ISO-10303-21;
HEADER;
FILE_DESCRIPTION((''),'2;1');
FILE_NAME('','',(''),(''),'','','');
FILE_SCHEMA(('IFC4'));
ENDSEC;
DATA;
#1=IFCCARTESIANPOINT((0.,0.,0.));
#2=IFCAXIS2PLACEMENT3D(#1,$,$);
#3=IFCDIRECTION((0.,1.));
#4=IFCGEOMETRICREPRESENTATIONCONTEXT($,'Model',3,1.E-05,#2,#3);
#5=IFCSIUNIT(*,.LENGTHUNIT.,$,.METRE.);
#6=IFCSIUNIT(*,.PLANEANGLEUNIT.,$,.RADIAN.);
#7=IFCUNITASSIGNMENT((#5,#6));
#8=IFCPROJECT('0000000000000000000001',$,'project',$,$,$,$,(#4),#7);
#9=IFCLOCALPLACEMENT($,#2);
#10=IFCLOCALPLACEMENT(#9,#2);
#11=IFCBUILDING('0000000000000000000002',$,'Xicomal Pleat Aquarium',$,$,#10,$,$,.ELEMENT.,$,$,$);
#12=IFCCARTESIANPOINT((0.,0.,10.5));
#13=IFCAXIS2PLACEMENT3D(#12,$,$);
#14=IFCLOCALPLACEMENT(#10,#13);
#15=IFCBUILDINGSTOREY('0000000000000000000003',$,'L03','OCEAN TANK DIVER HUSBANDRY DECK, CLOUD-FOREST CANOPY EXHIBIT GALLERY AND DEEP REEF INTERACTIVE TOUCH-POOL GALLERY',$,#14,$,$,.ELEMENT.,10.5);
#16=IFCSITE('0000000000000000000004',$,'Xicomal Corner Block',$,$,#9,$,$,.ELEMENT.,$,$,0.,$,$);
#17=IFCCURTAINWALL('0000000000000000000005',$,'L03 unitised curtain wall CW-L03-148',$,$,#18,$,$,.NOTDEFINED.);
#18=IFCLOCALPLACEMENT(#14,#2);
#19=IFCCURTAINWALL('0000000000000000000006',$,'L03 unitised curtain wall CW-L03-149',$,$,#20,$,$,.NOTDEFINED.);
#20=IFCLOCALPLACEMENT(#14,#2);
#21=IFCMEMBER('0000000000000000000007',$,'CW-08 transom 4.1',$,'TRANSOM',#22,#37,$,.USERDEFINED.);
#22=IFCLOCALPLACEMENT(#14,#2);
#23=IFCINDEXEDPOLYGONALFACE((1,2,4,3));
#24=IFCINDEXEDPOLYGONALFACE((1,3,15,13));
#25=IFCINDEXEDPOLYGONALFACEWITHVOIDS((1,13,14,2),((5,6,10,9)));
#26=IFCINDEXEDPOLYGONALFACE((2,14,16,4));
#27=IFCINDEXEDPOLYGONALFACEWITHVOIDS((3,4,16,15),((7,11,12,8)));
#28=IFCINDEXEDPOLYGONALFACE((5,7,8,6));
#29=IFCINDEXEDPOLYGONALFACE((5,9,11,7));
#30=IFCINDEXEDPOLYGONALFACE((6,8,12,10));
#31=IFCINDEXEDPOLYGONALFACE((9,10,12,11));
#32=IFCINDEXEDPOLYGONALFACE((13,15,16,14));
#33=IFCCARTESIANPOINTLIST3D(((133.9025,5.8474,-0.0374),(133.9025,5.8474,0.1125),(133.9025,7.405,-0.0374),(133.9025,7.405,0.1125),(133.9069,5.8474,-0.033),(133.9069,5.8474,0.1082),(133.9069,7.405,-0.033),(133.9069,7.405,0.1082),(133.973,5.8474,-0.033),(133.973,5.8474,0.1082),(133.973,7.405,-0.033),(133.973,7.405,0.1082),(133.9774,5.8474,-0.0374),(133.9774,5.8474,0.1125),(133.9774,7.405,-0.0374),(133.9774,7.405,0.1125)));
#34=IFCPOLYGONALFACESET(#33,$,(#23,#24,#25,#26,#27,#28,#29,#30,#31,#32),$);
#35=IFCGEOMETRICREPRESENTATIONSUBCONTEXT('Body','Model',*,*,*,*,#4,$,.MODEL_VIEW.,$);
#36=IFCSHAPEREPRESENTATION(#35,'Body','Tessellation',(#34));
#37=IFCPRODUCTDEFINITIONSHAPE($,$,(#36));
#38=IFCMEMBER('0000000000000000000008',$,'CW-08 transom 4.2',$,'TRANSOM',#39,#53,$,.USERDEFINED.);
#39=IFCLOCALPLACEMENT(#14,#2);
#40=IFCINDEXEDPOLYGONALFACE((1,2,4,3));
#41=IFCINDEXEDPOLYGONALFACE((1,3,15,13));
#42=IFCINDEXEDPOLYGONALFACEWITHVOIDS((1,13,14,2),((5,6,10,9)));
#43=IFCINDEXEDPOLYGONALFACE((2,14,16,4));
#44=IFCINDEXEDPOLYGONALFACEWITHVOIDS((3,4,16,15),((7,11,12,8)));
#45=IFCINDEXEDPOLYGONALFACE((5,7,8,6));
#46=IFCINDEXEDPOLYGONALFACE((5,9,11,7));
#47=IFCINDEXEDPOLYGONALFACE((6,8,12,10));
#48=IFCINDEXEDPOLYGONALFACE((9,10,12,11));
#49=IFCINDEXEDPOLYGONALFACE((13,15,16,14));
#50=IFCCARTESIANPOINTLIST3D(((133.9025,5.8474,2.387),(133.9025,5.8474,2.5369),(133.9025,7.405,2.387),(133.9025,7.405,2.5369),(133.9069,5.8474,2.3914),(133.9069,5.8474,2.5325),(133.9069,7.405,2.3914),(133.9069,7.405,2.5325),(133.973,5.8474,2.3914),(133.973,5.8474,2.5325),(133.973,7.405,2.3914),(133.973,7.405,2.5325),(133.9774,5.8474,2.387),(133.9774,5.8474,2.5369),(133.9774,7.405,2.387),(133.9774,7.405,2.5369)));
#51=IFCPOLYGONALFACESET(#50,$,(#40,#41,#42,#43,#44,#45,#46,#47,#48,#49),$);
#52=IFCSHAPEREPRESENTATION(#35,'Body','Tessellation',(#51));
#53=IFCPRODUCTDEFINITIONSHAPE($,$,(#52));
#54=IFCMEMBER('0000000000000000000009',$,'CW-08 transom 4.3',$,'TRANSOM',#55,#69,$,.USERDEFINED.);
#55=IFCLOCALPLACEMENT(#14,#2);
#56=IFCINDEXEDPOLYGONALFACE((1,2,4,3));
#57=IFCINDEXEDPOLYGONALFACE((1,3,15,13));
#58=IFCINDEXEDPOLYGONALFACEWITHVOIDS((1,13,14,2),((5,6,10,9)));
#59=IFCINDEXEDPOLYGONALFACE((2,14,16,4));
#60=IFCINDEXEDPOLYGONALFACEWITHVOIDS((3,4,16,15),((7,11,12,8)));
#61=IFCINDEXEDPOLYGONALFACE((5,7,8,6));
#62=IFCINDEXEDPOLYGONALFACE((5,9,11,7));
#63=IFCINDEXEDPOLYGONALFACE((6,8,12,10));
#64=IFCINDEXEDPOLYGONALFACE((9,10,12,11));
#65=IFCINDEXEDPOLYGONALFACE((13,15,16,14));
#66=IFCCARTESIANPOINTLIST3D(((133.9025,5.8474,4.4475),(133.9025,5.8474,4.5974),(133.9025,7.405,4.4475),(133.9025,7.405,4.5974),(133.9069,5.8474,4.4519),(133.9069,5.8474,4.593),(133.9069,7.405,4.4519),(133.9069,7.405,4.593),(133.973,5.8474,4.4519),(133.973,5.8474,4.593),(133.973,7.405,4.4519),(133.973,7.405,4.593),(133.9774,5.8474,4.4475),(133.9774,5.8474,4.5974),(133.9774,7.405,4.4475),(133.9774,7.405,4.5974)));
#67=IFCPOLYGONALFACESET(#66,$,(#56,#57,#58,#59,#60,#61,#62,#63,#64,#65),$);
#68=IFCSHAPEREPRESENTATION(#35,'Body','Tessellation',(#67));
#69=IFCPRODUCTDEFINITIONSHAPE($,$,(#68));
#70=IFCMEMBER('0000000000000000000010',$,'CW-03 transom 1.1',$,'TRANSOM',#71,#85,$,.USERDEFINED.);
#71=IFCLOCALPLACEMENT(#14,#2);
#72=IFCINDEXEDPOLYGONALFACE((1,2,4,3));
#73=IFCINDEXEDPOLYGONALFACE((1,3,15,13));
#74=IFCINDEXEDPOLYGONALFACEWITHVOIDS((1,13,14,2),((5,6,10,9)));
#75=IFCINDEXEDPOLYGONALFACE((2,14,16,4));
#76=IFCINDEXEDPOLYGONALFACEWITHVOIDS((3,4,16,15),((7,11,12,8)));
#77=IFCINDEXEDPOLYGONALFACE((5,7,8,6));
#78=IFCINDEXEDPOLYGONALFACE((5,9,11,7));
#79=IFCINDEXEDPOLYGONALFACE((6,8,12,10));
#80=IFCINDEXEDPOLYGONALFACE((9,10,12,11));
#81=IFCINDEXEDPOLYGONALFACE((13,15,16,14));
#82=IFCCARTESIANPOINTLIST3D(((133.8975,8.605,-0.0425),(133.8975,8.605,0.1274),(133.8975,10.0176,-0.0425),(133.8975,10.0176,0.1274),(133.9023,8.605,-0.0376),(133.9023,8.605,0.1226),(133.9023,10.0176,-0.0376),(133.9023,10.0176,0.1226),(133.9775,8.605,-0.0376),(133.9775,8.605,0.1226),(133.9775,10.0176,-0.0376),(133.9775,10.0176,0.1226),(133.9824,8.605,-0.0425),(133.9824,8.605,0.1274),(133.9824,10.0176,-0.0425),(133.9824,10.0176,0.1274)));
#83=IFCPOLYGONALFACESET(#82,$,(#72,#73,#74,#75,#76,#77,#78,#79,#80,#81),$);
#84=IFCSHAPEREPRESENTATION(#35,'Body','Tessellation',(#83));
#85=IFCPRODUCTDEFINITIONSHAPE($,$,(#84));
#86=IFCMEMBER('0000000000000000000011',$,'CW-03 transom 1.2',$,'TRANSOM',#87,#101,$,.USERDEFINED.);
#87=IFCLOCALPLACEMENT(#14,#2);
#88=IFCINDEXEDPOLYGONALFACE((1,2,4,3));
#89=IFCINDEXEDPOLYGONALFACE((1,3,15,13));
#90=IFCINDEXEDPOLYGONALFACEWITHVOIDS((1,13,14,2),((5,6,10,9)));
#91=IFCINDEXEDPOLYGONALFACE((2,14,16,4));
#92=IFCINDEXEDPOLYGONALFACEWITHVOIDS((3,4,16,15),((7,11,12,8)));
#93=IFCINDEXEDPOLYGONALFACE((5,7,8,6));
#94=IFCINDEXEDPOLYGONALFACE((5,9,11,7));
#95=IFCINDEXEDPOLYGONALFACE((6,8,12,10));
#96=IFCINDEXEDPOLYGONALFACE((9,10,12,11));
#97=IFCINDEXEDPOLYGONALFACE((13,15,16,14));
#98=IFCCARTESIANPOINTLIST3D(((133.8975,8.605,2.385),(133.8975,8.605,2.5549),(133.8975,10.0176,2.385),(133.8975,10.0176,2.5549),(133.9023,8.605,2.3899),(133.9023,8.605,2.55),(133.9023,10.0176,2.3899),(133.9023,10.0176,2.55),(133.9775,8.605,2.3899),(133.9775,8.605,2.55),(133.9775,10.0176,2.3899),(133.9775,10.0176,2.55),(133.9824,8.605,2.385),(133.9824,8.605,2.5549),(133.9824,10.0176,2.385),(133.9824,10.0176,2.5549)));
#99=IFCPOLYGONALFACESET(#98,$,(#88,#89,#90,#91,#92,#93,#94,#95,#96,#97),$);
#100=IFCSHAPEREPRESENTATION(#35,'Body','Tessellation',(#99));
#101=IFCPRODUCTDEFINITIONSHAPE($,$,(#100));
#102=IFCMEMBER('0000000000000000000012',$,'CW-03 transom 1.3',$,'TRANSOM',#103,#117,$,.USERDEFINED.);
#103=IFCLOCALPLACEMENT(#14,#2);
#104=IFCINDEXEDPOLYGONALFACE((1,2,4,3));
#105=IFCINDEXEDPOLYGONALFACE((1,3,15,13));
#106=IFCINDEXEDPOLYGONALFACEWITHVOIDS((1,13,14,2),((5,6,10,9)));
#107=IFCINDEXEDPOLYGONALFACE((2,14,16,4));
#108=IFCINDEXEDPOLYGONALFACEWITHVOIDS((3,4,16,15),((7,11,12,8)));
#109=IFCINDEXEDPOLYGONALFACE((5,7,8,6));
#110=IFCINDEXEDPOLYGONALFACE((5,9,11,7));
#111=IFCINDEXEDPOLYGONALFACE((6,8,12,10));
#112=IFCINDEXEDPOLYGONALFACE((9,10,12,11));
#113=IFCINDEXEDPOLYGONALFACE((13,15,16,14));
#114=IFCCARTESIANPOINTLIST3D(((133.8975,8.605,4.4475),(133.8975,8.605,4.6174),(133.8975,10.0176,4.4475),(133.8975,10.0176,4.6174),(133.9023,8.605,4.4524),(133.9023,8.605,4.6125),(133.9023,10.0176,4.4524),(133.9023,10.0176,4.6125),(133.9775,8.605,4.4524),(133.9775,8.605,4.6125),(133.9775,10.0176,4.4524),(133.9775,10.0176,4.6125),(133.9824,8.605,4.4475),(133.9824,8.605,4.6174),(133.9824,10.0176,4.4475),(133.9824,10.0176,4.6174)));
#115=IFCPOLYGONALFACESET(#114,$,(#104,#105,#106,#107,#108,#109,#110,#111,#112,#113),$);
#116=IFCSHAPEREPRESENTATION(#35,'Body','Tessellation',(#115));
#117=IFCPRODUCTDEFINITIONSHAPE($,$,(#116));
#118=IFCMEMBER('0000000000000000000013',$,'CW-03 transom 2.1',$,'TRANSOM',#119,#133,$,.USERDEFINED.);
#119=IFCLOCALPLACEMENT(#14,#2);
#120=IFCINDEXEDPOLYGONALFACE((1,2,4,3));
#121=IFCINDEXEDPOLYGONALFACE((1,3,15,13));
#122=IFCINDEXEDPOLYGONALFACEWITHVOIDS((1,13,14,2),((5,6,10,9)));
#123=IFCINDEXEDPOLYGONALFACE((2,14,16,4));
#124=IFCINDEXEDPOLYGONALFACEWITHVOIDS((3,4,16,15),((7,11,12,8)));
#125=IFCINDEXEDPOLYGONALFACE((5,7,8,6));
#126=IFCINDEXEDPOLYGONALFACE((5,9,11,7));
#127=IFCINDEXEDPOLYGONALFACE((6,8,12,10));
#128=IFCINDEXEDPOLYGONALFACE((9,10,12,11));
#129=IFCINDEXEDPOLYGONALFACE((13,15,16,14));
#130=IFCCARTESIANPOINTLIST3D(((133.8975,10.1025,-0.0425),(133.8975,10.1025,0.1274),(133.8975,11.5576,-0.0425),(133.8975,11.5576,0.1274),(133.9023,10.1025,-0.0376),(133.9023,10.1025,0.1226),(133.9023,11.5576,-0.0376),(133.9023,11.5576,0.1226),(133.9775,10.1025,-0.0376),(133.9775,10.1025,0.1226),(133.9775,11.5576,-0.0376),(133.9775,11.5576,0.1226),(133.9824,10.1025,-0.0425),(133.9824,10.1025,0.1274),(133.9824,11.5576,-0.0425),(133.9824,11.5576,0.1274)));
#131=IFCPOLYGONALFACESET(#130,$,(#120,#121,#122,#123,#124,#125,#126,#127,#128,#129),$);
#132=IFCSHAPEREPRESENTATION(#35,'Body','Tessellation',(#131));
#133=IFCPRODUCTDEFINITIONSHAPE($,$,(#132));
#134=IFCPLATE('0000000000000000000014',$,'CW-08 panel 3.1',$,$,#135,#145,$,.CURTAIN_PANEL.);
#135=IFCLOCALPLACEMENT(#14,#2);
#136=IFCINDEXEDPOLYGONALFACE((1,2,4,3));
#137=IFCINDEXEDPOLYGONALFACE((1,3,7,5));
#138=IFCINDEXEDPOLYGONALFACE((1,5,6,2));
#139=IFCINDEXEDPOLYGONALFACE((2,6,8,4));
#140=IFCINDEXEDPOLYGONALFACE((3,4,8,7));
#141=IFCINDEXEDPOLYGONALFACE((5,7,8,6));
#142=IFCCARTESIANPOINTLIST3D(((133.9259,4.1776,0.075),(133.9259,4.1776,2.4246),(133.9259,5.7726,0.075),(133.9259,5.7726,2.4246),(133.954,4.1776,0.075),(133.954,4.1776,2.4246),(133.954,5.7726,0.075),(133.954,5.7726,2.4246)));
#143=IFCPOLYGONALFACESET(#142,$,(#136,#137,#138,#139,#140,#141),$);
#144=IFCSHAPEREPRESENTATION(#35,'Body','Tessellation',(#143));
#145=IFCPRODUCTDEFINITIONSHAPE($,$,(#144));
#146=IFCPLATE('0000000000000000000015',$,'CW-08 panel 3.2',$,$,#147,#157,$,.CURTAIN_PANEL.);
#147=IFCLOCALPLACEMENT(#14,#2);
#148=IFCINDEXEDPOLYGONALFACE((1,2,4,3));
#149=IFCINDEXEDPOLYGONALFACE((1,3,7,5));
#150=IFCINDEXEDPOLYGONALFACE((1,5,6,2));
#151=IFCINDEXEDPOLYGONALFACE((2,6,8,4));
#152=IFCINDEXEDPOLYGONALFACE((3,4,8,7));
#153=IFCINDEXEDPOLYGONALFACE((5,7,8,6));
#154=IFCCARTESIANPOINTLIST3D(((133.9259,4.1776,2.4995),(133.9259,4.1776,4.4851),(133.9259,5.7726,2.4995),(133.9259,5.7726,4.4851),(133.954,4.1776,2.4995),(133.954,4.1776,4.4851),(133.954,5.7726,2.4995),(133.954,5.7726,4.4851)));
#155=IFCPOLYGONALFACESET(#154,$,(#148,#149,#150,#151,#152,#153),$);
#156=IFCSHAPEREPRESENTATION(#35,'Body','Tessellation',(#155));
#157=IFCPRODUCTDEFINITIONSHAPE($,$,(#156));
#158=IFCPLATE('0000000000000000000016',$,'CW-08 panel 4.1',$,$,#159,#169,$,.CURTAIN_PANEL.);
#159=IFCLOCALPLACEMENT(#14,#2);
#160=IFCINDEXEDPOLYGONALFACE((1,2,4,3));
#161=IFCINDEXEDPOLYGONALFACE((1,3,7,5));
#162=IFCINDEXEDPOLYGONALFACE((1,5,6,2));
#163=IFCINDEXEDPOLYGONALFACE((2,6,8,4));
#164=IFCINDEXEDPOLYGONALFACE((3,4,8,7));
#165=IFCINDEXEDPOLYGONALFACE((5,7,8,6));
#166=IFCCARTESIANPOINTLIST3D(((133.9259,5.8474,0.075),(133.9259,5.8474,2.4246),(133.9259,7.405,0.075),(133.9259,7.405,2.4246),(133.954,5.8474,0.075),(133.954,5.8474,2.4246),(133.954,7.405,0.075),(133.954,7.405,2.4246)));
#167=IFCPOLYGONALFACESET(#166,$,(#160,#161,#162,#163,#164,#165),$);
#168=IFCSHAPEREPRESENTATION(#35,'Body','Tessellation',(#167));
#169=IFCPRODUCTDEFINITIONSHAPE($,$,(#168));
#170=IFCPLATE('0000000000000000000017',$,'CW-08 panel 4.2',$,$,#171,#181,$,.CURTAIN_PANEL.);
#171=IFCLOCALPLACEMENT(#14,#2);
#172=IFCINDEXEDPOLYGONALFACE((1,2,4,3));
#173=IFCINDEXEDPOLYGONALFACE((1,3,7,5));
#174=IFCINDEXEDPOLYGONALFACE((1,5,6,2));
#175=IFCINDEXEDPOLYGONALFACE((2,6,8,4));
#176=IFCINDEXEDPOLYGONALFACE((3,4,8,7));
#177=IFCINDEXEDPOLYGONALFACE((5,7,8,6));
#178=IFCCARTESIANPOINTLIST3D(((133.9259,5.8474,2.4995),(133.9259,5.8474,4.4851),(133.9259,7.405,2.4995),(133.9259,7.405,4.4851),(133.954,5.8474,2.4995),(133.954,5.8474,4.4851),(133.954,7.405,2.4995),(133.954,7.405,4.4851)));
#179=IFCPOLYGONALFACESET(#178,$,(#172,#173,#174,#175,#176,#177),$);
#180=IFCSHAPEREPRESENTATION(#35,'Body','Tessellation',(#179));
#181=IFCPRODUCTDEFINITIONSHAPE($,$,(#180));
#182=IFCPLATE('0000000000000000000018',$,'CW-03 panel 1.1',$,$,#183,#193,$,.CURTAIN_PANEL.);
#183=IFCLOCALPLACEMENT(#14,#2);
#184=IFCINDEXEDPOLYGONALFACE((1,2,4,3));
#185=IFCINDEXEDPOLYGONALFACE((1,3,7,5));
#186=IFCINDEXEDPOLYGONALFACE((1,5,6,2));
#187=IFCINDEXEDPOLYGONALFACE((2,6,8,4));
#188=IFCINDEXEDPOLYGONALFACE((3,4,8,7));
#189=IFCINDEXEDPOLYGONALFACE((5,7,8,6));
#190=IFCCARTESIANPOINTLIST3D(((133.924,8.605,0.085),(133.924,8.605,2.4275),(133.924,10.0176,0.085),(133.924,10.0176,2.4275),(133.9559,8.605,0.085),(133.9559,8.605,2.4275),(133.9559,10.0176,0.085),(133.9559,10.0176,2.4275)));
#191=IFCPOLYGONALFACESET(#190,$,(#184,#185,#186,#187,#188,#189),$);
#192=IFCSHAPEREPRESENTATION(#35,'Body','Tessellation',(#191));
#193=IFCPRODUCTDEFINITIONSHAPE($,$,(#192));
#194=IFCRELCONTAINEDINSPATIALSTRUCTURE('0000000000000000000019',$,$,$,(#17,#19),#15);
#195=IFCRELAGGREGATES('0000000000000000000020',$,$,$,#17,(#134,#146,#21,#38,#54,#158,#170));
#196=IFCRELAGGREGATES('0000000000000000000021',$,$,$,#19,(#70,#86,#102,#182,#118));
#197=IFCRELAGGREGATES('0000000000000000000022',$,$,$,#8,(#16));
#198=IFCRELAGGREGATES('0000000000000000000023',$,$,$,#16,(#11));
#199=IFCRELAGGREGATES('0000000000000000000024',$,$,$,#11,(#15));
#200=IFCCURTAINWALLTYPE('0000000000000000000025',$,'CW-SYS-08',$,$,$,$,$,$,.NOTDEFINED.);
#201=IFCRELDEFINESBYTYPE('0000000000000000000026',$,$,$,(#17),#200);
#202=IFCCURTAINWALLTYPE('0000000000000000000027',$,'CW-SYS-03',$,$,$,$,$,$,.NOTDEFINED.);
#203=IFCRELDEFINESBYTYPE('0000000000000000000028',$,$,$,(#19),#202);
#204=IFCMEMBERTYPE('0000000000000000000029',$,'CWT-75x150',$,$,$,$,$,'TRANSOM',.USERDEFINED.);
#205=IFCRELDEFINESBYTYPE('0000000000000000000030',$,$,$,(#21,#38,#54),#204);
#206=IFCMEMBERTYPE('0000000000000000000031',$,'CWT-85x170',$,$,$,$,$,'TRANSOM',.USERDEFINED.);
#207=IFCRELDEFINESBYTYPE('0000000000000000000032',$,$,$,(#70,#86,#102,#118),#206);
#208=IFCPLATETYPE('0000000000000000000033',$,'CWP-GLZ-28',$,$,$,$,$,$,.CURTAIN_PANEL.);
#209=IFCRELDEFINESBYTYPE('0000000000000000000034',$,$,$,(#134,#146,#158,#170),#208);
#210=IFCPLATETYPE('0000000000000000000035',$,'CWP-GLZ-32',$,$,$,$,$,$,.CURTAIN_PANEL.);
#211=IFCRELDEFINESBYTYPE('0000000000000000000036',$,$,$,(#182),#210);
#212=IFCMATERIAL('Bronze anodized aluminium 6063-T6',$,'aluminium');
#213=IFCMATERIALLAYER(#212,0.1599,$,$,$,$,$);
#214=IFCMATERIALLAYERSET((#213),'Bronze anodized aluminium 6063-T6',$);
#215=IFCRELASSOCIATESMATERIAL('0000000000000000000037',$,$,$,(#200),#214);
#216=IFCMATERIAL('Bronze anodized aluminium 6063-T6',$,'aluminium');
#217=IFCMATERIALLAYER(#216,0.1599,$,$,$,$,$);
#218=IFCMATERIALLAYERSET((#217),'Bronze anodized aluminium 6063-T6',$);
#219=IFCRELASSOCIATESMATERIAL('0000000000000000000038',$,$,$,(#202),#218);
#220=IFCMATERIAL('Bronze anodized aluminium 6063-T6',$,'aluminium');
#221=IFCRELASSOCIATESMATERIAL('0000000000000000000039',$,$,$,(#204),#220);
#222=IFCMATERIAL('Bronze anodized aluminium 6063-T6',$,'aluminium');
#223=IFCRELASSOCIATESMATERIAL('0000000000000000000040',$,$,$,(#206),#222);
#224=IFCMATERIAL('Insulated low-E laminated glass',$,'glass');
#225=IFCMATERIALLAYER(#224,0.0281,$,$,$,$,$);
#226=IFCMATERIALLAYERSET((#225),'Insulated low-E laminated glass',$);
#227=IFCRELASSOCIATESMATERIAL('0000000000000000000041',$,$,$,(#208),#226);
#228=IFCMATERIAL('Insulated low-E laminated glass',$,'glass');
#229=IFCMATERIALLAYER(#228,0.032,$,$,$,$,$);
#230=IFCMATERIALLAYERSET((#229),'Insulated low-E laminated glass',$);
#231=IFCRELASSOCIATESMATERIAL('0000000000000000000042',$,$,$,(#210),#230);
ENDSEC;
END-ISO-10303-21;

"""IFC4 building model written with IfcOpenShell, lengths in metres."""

from ifc_helpers import new_model, si_unit, direction, frame, origin, origin_2d, place, context, subcontext, project, spatial, rectangle, hollow_rectangle, extrude, material, layer, layer_set, material_profile, profile_set, type_object, element, aggregate, save


model = new_model("IFC4")

# Units and contexts
model_context = context("Model", 3, precision=1e-05, world=origin(), true_north=direction((0.0, 1.0)))
body_context = subcontext(model_context, "Body", "Model", "MODEL_VIEW")
ifc_project = project(units=[si_unit("LENGTHUNIT", "METRE"), si_unit("PLANEANGLEUNIT", "RADIAN")], contexts=[model_context])

# Site, building, storey
site_placement = place(None, origin())
site = spatial("IfcSite", under=ifc_project, at=site_placement, Name="Xicomal Corner Block", CompositionType="ELEMENT", RefElevation=0.0)
building_placement = place(site_placement, origin())
building = spatial("IfcBuilding", under=site, at=building_placement, Name="Xicomal Pleat Aquarium", CompositionType="ELEMENT")
storey_placement = place(building_placement, frame((0.0, 0.0, 10.5)))
storey = spatial("IfcBuildingStorey", under=building, at=storey_placement, Name="L03", Description="OCEAN TANK DIVER HUSBANDRY DECK, CLOUD-FOREST CANOPY EXHIBIT GALLERY AND DEEP REEF INTERACTIVE TOUCH-POOL GALLERY", CompositionType="ELEMENT", Elevation=10.5)

# Curtain walls
ifc_material_1 = material(Name="Bronze anodized aluminium 6063-T6", Category="aluminium")
ifc_layer_1 = layer(ifc_material_1, 0.1599)
ifc_layer_set_1 = layer_set([ifc_layer_1], Name="Bronze anodized aluminium 6063-T6")
curtain_wall_type_1 = type_object("IfcCurtainWallType", Name="CW-SYS-08", PredefinedType="NOTDEFINED", material=ifc_layer_set_1)
curtain_wall_1_placement = place(storey_placement, origin())
curtain_wall_1 = element("IfcCurtainWall", 1, at=curtain_wall_1_placement, inside=storey, type_object=curtain_wall_type_1, Name="L03 unitised curtain wall CW-L03-148", PredefinedType="NOTDEFINED")
ifc_material_2 = material(Name="Bronze anodized aluminium 6063-T6", Category="aluminium")
ifc_layer_2 = layer(ifc_material_2, 0.1599)
ifc_layer_set_2 = layer_set([ifc_layer_2], Name="Bronze anodized aluminium 6063-T6")
curtain_wall_type_2 = type_object("IfcCurtainWallType", Name="CW-SYS-03", PredefinedType="NOTDEFINED", material=ifc_layer_set_2)
curtain_wall_2_placement = place(storey_placement, origin())
curtain_wall_2 = element("IfcCurtainWall", 2, at=curtain_wall_2_placement, inside=storey, type_object=curtain_wall_type_2, Name="L03 unitised curtain wall CW-L03-149", PredefinedType="NOTDEFINED")

# Members
ifc_material_3 = material(Name="Bronze anodized aluminium 6063-T6", Category="aluminium")
ifc_material_profile_1 = material_profile(ifc_material_3, hollow_rectangle(XDim=0.075, YDim=0.1499, WallThickness=0.0044, at=origin_2d()), Name="ALU TRAN 75x150")
ifc_profile_set_1 = profile_set([ifc_material_profile_1], Name="Bronze anodized aluminium 6063-T6")
member_type_1 = type_object("IfcMemberType", Name="CWT-75x150", ElementType="TRANSOM", PredefinedType="USERDEFINED", material=ifc_profile_set_1)
member_1_placement = place(storey_placement, frame((133.9399, 5.8474, 0.0376), z_axis=(0.0, 1.0, 0.0), x_axis=(-1.0, 0.0, 0.0)))
member_1 = element("IfcMember", 3, at=member_1_placement, type_object=member_type_1, Name="CW-08 transom 4.1", ObjectType="TRANSOM", PredefinedType="USERDEFINED", context=body_context, shape_type="SweptSolid", body=[
    extrude(hollow_rectangle(XDim=0.075, YDim=0.1499, WallThickness=0.0044, at=origin_2d()), origin(), (0.0, 0.0, 1.0), 1.5576),
])
member_2_placement = place(storey_placement, frame((133.9399, 5.8474, 2.4619), z_axis=(0.0, 1.0, 0.0), x_axis=(-1.0, 0.0, 0.0)))
member_2 = element("IfcMember", 4, at=member_2_placement, type_object=member_type_1, Name="CW-08 transom 4.2", ObjectType="TRANSOM", PredefinedType="USERDEFINED", context=body_context, shape_type="SweptSolid", body=[
    extrude(hollow_rectangle(XDim=0.075, YDim=0.1499, WallThickness=0.0044, at=origin_2d()), origin(), (0.0, 0.0, 1.0), 1.5576),
])
member_3_placement = place(storey_placement, frame((133.9399, 5.8474, 4.5225), z_axis=(0.0, 1.0, 0.0), x_axis=(-1.0, 0.0, 0.0)))
member_3 = element("IfcMember", 5, at=member_3_placement, type_object=member_type_1, Name="CW-08 transom 4.3", ObjectType="TRANSOM", PredefinedType="USERDEFINED", context=body_context, shape_type="SweptSolid", body=[
    extrude(hollow_rectangle(XDim=0.075, YDim=0.1499, WallThickness=0.0044, at=origin_2d()), origin(), (0.0, 0.0, 1.0), 1.5576),
])
ifc_material_4 = material(Name="Bronze anodized aluminium 6063-T6", Category="aluminium")
ifc_material_profile_2 = material_profile(ifc_material_4, hollow_rectangle(XDim=0.085, YDim=0.1699, WallThickness=0.0049, at=origin_2d()), Name="ALU TRAN 85x170")
ifc_profile_set_2 = profile_set([ifc_material_profile_2], Name="Bronze anodized aluminium 6063-T6")
member_type_2 = type_object("IfcMemberType", Name="CWT-85x170", ElementType="TRANSOM", PredefinedType="USERDEFINED", material=ifc_profile_set_2)
member_4_placement = place(storey_placement, frame((133.9399, 8.605, 0.0425), z_axis=(0.0, 1.0, 0.0), x_axis=(-1.0, 0.0, 0.0)))
member_4 = element("IfcMember", 6, at=member_4_placement, type_object=member_type_2, Name="CW-03 transom 1.1", ObjectType="TRANSOM", PredefinedType="USERDEFINED", context=body_context, shape_type="SweptSolid", body=[
    extrude(hollow_rectangle(XDim=0.085, YDim=0.1699, WallThickness=0.0049, at=origin_2d()), origin(), (0.0, 0.0, 1.0), 1.4126),
])
member_5_placement = place(storey_placement, frame((133.9399, 8.605, 2.47), z_axis=(0.0, 1.0, 0.0), x_axis=(-1.0, 0.0, 0.0)))
member_5 = element("IfcMember", 7, at=member_5_placement, type_object=member_type_2, Name="CW-03 transom 1.2", ObjectType="TRANSOM", PredefinedType="USERDEFINED", context=body_context, shape_type="SweptSolid", body=[
    extrude(hollow_rectangle(XDim=0.085, YDim=0.1699, WallThickness=0.0049, at=origin_2d()), origin(), (0.0, 0.0, 1.0), 1.4126),
])
member_6_placement = place(storey_placement, frame((133.9399, 8.605, 4.5325), z_axis=(0.0, 1.0, 0.0), x_axis=(-1.0, 0.0, 0.0)))
member_6 = element("IfcMember", 8, at=member_6_placement, type_object=member_type_2, Name="CW-03 transom 1.3", ObjectType="TRANSOM", PredefinedType="USERDEFINED", context=body_context, shape_type="SweptSolid", body=[
    extrude(hollow_rectangle(XDim=0.085, YDim=0.1699, WallThickness=0.0049, at=origin_2d()), origin(), (0.0, 0.0, 1.0), 1.4126),
])
member_7_placement = place(storey_placement, frame((133.9399, 10.1025, 0.0425), z_axis=(0.0, 1.0, 0.0), x_axis=(-1.0, 0.0, 0.0)))
member_7 = element("IfcMember", 9, at=member_7_placement, type_object=member_type_2, Name="CW-03 transom 2.1", ObjectType="TRANSOM", PredefinedType="USERDEFINED", context=body_context, shape_type="SweptSolid", body=[
    extrude(hollow_rectangle(XDim=0.085, YDim=0.1699, WallThickness=0.0049, at=origin_2d()), origin(), (0.0, 0.0, 1.0), 1.4551),
])

# Plates
ifc_material_5 = material(Name="Insulated low-E laminated glass", Category="glass")
ifc_layer_3 = layer(ifc_material_5, 0.0281)
ifc_layer_set_3 = layer_set([ifc_layer_3], Name="Insulated low-E laminated glass")
plate_type_1 = type_object("IfcPlateType", Name="CWP-GLZ-28", PredefinedType="CURTAIN_PANEL", material=ifc_layer_set_3)
plate_1_placement = place(storey_placement, frame((133.9399, 4.9751, 0.075), z_axis=(0.0, 0.0, 1.0), x_axis=(0.0, 1.0, 0.0)))
plate_1 = element("IfcPlate", 10, at=plate_1_placement, type_object=plate_type_1, Name="CW-08 panel 3.1", PredefinedType="CURTAIN_PANEL", context=body_context, shape_type="SweptSolid", body=[
    extrude(rectangle(XDim=1.595, YDim=0.0281, at=origin_2d()), origin(), (0.0, 0.0, 1.0), 2.3496),
])
plate_2_placement = place(storey_placement, frame((133.9399, 4.9751, 2.4995), z_axis=(0.0, 0.0, 1.0), x_axis=(0.0, 1.0, 0.0)))
plate_2 = element("IfcPlate", 11, at=plate_2_placement, type_object=plate_type_1, Name="CW-08 panel 3.2", PredefinedType="CURTAIN_PANEL", context=body_context, shape_type="SweptSolid", body=[
    extrude(rectangle(XDim=1.595, YDim=0.0281, at=origin_2d()), origin(), (0.0, 0.0, 1.0), 1.9856),
])
plate_3_placement = place(storey_placement, frame((133.9399, 6.6262, 0.075), z_axis=(0.0, 0.0, 1.0), x_axis=(0.0, 1.0, 0.0)))
plate_3 = element("IfcPlate", 12, at=plate_3_placement, type_object=plate_type_1, Name="CW-08 panel 4.1", PredefinedType="CURTAIN_PANEL", context=body_context, shape_type="SweptSolid", body=[
    extrude(rectangle(XDim=1.5576, YDim=0.0281, at=origin_2d()), origin(), (0.0, 0.0, 1.0), 2.3496),
])
plate_4_placement = place(storey_placement, frame((133.9399, 6.6262, 2.4995), z_axis=(0.0, 0.0, 1.0), x_axis=(0.0, 1.0, 0.0)))
plate_4 = element("IfcPlate", 13, at=plate_4_placement, type_object=plate_type_1, Name="CW-08 panel 4.2", PredefinedType="CURTAIN_PANEL", context=body_context, shape_type="SweptSolid", body=[
    extrude(rectangle(XDim=1.5576, YDim=0.0281, at=origin_2d()), origin(), (0.0, 0.0, 1.0), 1.9856),
])
aggregate(curtain_wall_1, [plate_1, plate_2, member_1, member_2, member_3, plate_3, plate_4])
ifc_material_6 = material(Name="Insulated low-E laminated glass", Category="glass")
ifc_layer_4 = layer(ifc_material_6, 0.032)
ifc_layer_set_4 = layer_set([ifc_layer_4], Name="Insulated low-E laminated glass")
plate_type_2 = type_object("IfcPlateType", Name="CWP-GLZ-32", PredefinedType="CURTAIN_PANEL", material=ifc_layer_set_4)
plate_5_placement = place(storey_placement, frame((133.9399, 9.3113, 0.085), z_axis=(0.0, 0.0, 1.0), x_axis=(0.0, 1.0, 0.0)))
plate_5 = element("IfcPlate", 14, at=plate_5_placement, type_object=plate_type_2, Name="CW-03 panel 1.1", PredefinedType="CURTAIN_PANEL", context=body_context, shape_type="SweptSolid", body=[
    extrude(rectangle(XDim=1.4126, YDim=0.032, at=origin_2d()), origin(), (0.0, 0.0, 1.0), 2.3425),
])
aggregate(curtain_wall_2, [member_4, member_5, member_6, plate_5, member_7])

save(model, "model.ifc")
